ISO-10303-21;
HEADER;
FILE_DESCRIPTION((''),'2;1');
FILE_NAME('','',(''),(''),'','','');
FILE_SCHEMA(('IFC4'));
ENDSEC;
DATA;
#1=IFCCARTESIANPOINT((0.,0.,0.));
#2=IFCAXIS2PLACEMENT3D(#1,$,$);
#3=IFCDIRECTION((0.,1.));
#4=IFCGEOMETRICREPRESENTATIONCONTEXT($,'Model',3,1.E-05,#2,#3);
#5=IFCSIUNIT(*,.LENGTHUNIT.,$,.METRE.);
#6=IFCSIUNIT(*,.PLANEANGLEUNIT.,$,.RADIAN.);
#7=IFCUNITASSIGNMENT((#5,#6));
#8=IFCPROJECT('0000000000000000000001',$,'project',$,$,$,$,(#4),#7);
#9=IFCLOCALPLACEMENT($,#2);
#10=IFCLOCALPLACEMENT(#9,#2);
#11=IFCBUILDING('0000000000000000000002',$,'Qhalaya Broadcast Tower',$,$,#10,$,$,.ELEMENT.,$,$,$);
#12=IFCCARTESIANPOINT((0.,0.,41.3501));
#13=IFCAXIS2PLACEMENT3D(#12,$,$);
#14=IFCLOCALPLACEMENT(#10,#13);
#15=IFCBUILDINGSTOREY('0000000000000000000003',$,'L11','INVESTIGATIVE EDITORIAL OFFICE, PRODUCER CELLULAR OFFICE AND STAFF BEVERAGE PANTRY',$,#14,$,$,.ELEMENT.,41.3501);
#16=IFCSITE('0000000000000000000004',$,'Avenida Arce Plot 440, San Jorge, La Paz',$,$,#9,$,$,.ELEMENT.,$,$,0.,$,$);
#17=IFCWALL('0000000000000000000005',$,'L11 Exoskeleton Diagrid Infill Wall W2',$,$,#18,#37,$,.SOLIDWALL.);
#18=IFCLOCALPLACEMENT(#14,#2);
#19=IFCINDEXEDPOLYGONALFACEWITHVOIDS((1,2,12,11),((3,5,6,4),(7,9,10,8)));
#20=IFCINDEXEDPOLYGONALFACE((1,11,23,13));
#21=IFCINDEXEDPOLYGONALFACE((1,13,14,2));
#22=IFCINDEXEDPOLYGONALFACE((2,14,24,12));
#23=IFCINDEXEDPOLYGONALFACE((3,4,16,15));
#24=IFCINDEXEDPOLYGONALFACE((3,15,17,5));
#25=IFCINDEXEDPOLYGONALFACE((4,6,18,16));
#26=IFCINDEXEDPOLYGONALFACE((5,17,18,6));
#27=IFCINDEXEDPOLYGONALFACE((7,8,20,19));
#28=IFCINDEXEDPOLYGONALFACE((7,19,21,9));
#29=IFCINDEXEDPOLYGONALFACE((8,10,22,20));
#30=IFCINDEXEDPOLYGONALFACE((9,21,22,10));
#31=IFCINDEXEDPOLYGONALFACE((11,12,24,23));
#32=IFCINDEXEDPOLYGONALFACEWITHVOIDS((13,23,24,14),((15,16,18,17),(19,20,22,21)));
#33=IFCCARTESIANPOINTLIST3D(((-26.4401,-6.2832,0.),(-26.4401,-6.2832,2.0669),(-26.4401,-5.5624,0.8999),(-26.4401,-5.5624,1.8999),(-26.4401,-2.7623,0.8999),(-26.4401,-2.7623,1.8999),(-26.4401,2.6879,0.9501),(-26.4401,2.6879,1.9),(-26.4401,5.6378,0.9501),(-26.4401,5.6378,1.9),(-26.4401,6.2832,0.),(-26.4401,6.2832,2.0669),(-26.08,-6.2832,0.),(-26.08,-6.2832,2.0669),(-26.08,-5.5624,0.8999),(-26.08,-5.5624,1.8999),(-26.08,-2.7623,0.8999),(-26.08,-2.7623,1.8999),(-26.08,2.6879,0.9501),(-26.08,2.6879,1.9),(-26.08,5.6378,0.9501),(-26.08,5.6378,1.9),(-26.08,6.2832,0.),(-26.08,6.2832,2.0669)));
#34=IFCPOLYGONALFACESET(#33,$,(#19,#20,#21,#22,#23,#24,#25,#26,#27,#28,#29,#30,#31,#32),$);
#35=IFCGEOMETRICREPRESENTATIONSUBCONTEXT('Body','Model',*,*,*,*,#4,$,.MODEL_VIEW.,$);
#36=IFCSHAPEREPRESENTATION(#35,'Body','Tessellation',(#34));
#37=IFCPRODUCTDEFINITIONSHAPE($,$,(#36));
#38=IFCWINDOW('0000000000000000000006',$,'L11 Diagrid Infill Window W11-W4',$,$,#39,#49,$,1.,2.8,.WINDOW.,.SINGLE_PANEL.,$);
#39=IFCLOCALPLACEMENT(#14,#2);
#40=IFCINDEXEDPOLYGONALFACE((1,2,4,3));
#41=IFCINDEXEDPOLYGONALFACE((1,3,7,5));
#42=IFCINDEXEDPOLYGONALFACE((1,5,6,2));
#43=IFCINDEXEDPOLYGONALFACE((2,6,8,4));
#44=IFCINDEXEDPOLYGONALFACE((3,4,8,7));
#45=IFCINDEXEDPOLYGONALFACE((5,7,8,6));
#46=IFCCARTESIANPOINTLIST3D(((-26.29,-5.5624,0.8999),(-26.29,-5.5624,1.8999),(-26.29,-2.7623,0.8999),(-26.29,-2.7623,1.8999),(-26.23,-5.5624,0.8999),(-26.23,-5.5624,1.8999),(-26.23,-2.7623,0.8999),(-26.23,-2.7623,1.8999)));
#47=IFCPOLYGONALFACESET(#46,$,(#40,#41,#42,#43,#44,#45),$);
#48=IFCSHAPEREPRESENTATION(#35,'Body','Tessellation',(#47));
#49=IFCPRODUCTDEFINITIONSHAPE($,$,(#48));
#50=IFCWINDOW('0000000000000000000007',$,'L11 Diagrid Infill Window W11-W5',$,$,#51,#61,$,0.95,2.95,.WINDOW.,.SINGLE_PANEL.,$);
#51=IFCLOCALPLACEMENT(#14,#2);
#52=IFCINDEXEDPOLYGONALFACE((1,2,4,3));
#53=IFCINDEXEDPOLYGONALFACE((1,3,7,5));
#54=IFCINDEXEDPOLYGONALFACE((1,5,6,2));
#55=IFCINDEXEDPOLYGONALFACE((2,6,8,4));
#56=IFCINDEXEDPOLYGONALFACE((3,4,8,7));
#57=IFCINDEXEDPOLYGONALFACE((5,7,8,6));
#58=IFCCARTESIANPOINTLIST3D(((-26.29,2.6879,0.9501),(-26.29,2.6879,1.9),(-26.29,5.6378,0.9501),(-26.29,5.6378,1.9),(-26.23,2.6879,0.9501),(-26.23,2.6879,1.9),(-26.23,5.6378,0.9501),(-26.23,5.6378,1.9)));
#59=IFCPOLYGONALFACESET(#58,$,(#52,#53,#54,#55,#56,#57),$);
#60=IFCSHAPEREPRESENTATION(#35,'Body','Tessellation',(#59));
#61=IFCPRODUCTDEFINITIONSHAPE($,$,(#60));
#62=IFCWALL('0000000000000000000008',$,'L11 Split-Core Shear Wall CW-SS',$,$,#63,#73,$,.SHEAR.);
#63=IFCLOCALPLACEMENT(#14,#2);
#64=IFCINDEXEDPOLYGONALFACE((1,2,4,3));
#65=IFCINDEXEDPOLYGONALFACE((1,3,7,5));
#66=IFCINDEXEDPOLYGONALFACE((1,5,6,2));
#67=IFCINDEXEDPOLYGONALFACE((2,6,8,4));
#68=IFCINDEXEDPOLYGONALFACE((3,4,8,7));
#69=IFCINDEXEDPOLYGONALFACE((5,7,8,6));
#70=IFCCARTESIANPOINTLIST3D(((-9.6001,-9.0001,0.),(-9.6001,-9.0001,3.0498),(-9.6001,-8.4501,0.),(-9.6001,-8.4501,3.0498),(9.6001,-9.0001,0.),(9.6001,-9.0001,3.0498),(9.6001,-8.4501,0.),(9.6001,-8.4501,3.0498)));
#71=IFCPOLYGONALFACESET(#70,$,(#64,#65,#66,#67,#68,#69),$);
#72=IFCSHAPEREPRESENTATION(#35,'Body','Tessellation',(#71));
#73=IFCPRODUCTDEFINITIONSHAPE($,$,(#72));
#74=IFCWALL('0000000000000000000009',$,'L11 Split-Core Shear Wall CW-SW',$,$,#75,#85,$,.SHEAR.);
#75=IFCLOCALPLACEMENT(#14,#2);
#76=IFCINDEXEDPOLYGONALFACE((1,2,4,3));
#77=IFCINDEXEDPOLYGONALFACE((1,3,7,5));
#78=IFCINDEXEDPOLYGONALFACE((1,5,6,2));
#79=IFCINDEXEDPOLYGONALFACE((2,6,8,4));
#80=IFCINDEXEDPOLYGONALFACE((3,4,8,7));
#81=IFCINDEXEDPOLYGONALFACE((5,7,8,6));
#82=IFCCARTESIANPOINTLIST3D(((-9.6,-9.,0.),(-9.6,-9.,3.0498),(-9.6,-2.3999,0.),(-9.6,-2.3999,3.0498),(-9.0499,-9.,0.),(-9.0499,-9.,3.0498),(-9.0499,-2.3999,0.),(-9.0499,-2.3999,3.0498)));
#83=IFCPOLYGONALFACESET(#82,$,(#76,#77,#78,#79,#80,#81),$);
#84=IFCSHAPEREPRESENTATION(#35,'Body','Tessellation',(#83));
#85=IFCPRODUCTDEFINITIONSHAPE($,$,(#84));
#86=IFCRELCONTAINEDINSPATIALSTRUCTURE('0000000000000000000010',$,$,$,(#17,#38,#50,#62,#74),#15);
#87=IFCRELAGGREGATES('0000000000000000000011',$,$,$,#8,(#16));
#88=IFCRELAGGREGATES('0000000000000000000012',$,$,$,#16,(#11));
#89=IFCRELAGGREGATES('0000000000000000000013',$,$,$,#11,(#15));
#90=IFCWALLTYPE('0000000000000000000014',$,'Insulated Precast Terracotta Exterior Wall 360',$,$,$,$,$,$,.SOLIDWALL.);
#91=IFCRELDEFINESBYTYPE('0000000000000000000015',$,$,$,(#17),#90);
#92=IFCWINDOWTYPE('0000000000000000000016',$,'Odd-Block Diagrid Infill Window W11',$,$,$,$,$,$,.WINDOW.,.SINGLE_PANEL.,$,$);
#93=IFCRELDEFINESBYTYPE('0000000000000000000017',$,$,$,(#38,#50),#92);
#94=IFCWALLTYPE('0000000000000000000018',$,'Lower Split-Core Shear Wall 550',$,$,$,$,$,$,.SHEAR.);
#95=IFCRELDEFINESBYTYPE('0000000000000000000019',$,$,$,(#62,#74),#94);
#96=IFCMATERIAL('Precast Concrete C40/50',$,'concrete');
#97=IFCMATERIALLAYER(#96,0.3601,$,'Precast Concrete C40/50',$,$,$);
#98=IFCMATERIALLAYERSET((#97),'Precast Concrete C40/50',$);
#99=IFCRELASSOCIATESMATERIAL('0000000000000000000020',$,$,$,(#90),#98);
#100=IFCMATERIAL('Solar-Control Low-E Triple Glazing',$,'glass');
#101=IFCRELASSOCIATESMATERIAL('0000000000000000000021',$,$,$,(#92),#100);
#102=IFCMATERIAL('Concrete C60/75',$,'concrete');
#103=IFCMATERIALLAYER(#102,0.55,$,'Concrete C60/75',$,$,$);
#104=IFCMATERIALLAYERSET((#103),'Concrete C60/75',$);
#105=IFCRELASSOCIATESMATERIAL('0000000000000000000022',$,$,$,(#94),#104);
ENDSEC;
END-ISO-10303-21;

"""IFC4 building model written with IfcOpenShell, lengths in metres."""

from ifc_helpers import new_model, si_unit, direction, frame, frame_2d, origin, place, context, subcontext, project, spatial, rectangle, extrude, material, layer, layer_set, type_object, element, fill, save


model = new_model("IFC4")

# Units and contexts
model_context = context("Model", 3, precision=1e-05, world=origin(), true_north=direction((0.0, 1.0)))
body_context = subcontext(model_context, "Body", "Model", "MODEL_VIEW")
ifc_project = project(units=[si_unit("LENGTHUNIT", "METRE"), si_unit("PLANEANGLEUNIT", "RADIAN")], contexts=[model_context])

# Site, building, storey
site_placement = place(None, origin())
site = spatial("IfcSite", under=ifc_project, at=site_placement, Name="Avenida Arce Plot 440, San Jorge, La Paz", CompositionType="ELEMENT", RefElevation=0.0)
building_placement = place(site_placement, origin())
building = spatial("IfcBuilding", under=site, at=building_placement, Name="Qhalaya Broadcast Tower", CompositionType="ELEMENT")
storey_placement = place(building_placement, frame((0.0, 0.0, 41.3501)))
storey = spatial("IfcBuildingStorey", under=building, at=storey_placement, Name="L11", Description="INVESTIGATIVE EDITORIAL OFFICE, PRODUCER CELLULAR OFFICE AND STAFF BEVERAGE PANTRY", CompositionType="ELEMENT", Elevation=41.3501)

# Wall, openings, windows
ifc_material_1 = material(Name="Precast Concrete C40/50", Category="concrete")
ifc_layer_1 = layer(ifc_material_1, 0.3601, Name="Precast Concrete C40/50")
ifc_layer_set_1 = layer_set([ifc_layer_1], Name="Precast Concrete C40/50")
wall_type_1 = type_object("IfcWallType", Name="Insulated Precast Terracotta Exterior Wall 360", PredefinedType="SOLIDWALL", material=ifc_layer_set_1)
wall_1_placement = place(storey_placement, frame((-26.26, -6.2832, 0.0), z_axis=(0.0, 0.0, 1.0), x_axis=(0.0, 1.0, 0.0)))
wall_1 = element("IfcWall", 1, at=wall_1_placement, inside=storey, type_object=wall_type_1, Name="L11 Exoskeleton Diagrid Infill Wall W2", PredefinedType="SOLIDWALL", context=body_context, shape_type="SweptSolid", body=[
    extrude(rectangle(XDim=12.5664, YDim=0.3601, at=frame_2d((6.2832, 0.0))), origin(), (0.0, 0.0, 1.0), 2.0669),
])
opening_1_placement = place(wall_1_placement, frame((0.7209, 0.0, 0.8999)))
opening_1 = element("IfcOpeningElement", 2, at=opening_1_placement, cuts=wall_1, PredefinedType="OPENING", context=body_context, shape_type="SweptSolid", body=[
    extrude(rectangle(XDim=2.8, YDim=1.0, at=frame_2d((1.3999, 0.5))), frame((0.0, 0.1921, 0.0), z_axis=(0.0, -1.0, 0.0), x_axis=(1.0, 0.0, 0.0)), (0.0, 0.0, 1.0), 0.384),
])
opening_2_placement = place(wall_1_placement, frame((8.9709, 0.0, 0.95)))
opening_2 = element("IfcOpeningElement", 3, at=opening_2_placement, cuts=wall_1, PredefinedType="OPENING", context=body_context, shape_type="SweptSolid", body=[
    extrude(rectangle(XDim=2.95, YDim=0.95, at=frame_2d((1.4751, 0.4751))), frame((0.0, 0.1921, 0.0), z_axis=(0.0, -1.0, 0.0), x_axis=(1.0, 0.0, 0.0)), (0.0, 0.0, 1.0), 0.384),
])
ifc_material_2 = material(Name="Solar-Control Low-E Triple Glazing", Category="glass")
window_type = type_object("IfcWindowType", Name="Odd-Block Diagrid Infill Window W11", PartitioningType="SINGLE_PANEL", PredefinedType="WINDOW", material=ifc_material_2)
window_1_placement = place(opening_1_placement, origin())
window_1 = element("IfcWindow", 4, at=window_1_placement, inside=storey, type_object=window_type, Name="L11 Diagrid Infill Window W11-W4", OverallHeight=1.0, OverallWidth=2.8, PartitioningType="SINGLE_PANEL", PredefinedType="WINDOW", context=body_context, shape_type="SweptSolid", body=[
    extrude(rectangle(XDim=2.8, YDim=1.0, at=frame_2d((1.3999, 0.5))), frame((0.0, 0.03, 0.0), z_axis=(0.0, -1.0, 0.0), x_axis=(1.0, 0.0, 0.0)), (0.0, 0.0, 1.0), 0.0601),
])
fill(opening_1, window_1)
window_2_placement = place(opening_2_placement, origin())
window_2 = element("IfcWindow", 5, at=window_2_placement, inside=storey, type_object=window_type, Name="L11 Diagrid Infill Window W11-W5", OverallHeight=0.95, OverallWidth=2.95, PartitioningType="SINGLE_PANEL", PredefinedType="WINDOW", context=body_context, shape_type="SweptSolid", body=[
    extrude(rectangle(XDim=2.95, YDim=0.95, at=frame_2d((1.4751, 0.4751))), frame((0.0, 0.03, 0.0), z_axis=(0.0, -1.0, 0.0), x_axis=(1.0, 0.0, 0.0)), (0.0, 0.0, 1.0), 0.0601),
])
fill(opening_2, window_2)

# Wall
ifc_material_3 = material(Name="Concrete C60/75", Category="concrete")
ifc_layer_2 = layer(ifc_material_3, 0.55, Name="Concrete C60/75")
ifc_layer_set_2 = layer_set([ifc_layer_2], Name="Concrete C60/75")
wall_type_2 = type_object("IfcWallType", Name="Lower Split-Core Shear Wall 550", PredefinedType="SHEAR", material=ifc_layer_set_2)
wall_2_placement = place(storey_placement, frame((-9.6001, -8.7251, 0.0), z_axis=(0.0, 0.0, 1.0), x_axis=(1.0, 0.0, 0.0)))
element("IfcWall", 6, at=wall_2_placement, inside=storey, type_object=wall_type_2, Name="L11 Split-Core Shear Wall CW-SS", PredefinedType="SHEAR", context=body_context, shape_type="SweptSolid", body=[
    extrude(rectangle(XDim=19.2002, YDim=0.55, at=frame_2d((9.6001, 0.0))), origin(), (0.0, 0.0, 1.0), 3.0498),
])

# Wall
wall_3_placement = place(storey_placement, frame((-9.325, -9.0, 0.0), z_axis=(0.0, 0.0, 1.0), x_axis=(0.0, 1.0, 0.0)))
element("IfcWall", 7, at=wall_3_placement, inside=storey, type_object=wall_type_2, Name="L11 Split-Core Shear Wall CW-SW", PredefinedType="SHEAR", context=body_context, shape_type="SweptSolid", body=[
    extrude(rectangle(XDim=6.6001, YDim=0.55, at=frame_2d((3.3, 0.0))), origin(), (0.0, 0.0, 1.0), 3.0498),
])

save(model, "model.ifc")
